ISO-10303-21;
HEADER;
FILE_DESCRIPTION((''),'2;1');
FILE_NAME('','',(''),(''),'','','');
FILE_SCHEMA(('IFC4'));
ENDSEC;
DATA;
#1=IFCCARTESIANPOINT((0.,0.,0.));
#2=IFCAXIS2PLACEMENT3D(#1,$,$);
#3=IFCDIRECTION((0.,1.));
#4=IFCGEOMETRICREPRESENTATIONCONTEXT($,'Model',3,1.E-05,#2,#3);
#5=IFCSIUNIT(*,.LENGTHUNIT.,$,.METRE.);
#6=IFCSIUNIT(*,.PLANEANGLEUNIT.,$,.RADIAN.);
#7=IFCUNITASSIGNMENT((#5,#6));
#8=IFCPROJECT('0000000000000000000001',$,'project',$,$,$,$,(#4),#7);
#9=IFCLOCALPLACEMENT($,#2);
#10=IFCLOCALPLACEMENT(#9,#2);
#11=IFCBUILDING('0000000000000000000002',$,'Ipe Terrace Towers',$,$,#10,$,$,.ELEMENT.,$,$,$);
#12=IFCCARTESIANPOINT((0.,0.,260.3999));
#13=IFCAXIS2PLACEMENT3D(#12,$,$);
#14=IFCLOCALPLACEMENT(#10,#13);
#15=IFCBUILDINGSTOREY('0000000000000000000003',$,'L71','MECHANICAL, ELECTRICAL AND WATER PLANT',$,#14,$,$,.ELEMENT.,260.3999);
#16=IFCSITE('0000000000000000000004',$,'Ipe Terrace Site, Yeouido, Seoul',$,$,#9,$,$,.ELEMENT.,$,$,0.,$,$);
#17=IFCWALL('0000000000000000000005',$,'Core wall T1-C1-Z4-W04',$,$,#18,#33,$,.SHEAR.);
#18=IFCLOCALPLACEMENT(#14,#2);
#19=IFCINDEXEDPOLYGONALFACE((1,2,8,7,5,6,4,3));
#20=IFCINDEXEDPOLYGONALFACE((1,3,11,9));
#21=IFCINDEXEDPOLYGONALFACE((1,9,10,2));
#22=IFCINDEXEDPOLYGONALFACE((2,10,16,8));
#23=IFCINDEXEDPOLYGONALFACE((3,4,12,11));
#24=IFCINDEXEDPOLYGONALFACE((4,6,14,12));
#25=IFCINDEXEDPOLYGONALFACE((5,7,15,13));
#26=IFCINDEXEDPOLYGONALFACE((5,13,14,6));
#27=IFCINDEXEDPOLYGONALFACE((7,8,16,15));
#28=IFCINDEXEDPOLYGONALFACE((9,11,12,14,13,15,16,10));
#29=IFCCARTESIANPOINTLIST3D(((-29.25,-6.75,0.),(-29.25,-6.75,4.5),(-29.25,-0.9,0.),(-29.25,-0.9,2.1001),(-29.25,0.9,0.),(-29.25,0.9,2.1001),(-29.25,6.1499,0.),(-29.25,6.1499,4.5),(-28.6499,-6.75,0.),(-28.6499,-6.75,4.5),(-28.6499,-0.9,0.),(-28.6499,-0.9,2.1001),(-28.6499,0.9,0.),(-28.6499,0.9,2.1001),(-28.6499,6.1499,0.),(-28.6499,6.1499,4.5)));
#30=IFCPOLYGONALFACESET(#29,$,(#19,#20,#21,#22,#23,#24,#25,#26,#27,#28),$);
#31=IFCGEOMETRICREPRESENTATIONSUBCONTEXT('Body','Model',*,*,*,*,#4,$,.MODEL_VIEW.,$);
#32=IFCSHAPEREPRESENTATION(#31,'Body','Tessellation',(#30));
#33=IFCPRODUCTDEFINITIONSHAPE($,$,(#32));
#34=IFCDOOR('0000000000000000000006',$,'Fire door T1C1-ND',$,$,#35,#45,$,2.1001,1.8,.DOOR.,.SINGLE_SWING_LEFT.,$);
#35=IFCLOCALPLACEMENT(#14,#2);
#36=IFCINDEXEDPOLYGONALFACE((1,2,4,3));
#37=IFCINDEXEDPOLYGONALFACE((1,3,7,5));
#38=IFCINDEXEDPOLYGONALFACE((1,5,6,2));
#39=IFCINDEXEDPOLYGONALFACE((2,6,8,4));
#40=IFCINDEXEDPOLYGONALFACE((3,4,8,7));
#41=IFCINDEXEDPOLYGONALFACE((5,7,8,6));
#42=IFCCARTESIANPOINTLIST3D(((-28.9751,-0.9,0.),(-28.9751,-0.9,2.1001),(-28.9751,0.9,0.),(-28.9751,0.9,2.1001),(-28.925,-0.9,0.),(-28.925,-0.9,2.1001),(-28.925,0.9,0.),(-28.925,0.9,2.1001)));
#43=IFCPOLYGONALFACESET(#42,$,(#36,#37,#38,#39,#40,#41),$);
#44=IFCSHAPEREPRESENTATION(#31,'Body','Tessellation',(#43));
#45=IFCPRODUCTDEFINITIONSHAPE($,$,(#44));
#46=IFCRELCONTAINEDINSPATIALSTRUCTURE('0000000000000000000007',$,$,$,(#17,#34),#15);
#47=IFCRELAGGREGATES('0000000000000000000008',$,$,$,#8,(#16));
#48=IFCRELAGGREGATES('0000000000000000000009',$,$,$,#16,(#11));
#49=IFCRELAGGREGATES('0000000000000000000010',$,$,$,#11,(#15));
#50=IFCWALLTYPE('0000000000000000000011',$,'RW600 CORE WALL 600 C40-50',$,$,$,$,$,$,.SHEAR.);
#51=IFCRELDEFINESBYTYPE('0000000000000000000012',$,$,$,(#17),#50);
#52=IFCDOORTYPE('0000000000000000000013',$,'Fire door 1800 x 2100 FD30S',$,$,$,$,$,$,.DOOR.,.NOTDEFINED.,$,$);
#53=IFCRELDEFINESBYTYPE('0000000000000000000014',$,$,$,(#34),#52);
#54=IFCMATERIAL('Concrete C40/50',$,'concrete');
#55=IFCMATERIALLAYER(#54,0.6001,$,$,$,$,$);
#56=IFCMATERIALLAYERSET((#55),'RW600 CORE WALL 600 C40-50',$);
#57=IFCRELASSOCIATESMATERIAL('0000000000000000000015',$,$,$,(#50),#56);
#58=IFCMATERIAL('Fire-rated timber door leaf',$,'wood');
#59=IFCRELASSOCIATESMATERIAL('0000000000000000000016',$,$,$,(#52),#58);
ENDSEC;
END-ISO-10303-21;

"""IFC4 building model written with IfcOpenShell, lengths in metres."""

from ifc_helpers import new_model, si_unit, direction, frame, frame_2d, origin, place, context, subcontext, project, spatial, rectangle, extrude, material, layer, layer_set, type_object, element, fill, save


model = new_model("IFC4")

# Units and contexts
model_context = context("Model", 3, precision=1e-05, world=origin(), true_north=direction((0.0, 1.0)))
body_context = subcontext(model_context, "Body", "Model", "MODEL_VIEW")
ifc_project = project(units=[si_unit("LENGTHUNIT", "METRE"), si_unit("PLANEANGLEUNIT", "RADIAN")], contexts=[model_context])

# Site, building, storey
site_placement = place(None, origin())
site = spatial("IfcSite", under=ifc_project, at=site_placement, Name="Ipe Terrace Site, Yeouido, Seoul", CompositionType="ELEMENT", RefElevation=0.0)
building_placement = place(site_placement, origin())
building = spatial("IfcBuilding", under=site, at=building_placement, Name="Ipe Terrace Towers", CompositionType="ELEMENT")
storey_placement = place(building_placement, frame((0.0, 0.0, 260.3999)))
storey = spatial("IfcBuildingStorey", under=building, at=storey_placement, Name="L71", Description="MECHANICAL, ELECTRICAL AND WATER PLANT", CompositionType="ELEMENT", Elevation=260.3999)

# Shared definitions
ifc_material_1 = material(Name="Concrete C40/50", Category="concrete")
ifc_layer_1 = layer(ifc_material_1, 0.6001)
ifc_layer_set_1 = layer_set([ifc_layer_1], Name="RW600 CORE WALL 600 C40-50")
wall_type_1 = type_object("IfcWallType", Name="RW600 CORE WALL 600 C40-50", PredefinedType="SHEAR", material=ifc_layer_set_1)

# Wall, opening, door
wall_1_placement = place(storey_placement, frame((-28.95, 6.1499, 0.0), z_axis=(0.0, 0.0, 1.0), x_axis=(0.0, -1.0, 0.0)))
wall_1 = element("IfcWall", 1, at=wall_1_placement, inside=storey, type_object=wall_type_1, Name="Core wall T1-C1-Z4-W04", PredefinedType="SHEAR", context=body_context, shape_type="SweptSolid", body=[
    extrude(rectangle(XDim=12.8999, YDim=0.6001, at=frame_2d((6.45, 0.0))), origin(), (0.0, 0.0, 1.0), 4.5),
])
opening_1_placement = place(wall_1_placement, frame((5.25, 0.0, 0.0)))
opening_1 = element("IfcOpeningElement", 2, at=opening_1_placement, cuts=wall_1, PredefinedType="OPENING", context=body_context, shape_type="SweptSolid", body=[
    extrude(rectangle(XDim=1.8, YDim=2.1001, at=frame_2d((0.8999, 1.05))), frame((0.0, 0.3101, 0.0), z_axis=(0.0, -1.0, 0.0), x_axis=(1.0, 0.0, 0.0)), (0.0, 0.0, 1.0), 0.6201),
])
ifc_material_2 = material(Name="Fire-rated timber door leaf", Category="wood")
door_type_1 = type_object("IfcDoorType", Name="Fire door 1800 x 2100 FD30S", OperationType="NOTDEFINED", PredefinedType="DOOR", material=ifc_material_2)
door_1_placement = place(opening_1_placement, origin())
door_1 = element("IfcDoor", 3, at=door_1_placement, inside=storey, type_object=door_type_1, Name="Fire door T1C1-ND", OperationType="SINGLE_SWING_LEFT", OverallHeight=2.1001, OverallWidth=1.8, PredefinedType="DOOR", context=body_context, shape_type="SweptSolid", body=[
    extrude(rectangle(XDim=1.8, YDim=2.1001, at=frame_2d((0.8999, 1.05))), frame((0.0, 0.0249, 0.0), z_axis=(0.0, -1.0, 0.0), x_axis=(1.0, 0.0, 0.0)), (0.0, 0.0, 1.0), 0.05),
])
fill(opening_1, door_1)

save(model, "model.ifc")
